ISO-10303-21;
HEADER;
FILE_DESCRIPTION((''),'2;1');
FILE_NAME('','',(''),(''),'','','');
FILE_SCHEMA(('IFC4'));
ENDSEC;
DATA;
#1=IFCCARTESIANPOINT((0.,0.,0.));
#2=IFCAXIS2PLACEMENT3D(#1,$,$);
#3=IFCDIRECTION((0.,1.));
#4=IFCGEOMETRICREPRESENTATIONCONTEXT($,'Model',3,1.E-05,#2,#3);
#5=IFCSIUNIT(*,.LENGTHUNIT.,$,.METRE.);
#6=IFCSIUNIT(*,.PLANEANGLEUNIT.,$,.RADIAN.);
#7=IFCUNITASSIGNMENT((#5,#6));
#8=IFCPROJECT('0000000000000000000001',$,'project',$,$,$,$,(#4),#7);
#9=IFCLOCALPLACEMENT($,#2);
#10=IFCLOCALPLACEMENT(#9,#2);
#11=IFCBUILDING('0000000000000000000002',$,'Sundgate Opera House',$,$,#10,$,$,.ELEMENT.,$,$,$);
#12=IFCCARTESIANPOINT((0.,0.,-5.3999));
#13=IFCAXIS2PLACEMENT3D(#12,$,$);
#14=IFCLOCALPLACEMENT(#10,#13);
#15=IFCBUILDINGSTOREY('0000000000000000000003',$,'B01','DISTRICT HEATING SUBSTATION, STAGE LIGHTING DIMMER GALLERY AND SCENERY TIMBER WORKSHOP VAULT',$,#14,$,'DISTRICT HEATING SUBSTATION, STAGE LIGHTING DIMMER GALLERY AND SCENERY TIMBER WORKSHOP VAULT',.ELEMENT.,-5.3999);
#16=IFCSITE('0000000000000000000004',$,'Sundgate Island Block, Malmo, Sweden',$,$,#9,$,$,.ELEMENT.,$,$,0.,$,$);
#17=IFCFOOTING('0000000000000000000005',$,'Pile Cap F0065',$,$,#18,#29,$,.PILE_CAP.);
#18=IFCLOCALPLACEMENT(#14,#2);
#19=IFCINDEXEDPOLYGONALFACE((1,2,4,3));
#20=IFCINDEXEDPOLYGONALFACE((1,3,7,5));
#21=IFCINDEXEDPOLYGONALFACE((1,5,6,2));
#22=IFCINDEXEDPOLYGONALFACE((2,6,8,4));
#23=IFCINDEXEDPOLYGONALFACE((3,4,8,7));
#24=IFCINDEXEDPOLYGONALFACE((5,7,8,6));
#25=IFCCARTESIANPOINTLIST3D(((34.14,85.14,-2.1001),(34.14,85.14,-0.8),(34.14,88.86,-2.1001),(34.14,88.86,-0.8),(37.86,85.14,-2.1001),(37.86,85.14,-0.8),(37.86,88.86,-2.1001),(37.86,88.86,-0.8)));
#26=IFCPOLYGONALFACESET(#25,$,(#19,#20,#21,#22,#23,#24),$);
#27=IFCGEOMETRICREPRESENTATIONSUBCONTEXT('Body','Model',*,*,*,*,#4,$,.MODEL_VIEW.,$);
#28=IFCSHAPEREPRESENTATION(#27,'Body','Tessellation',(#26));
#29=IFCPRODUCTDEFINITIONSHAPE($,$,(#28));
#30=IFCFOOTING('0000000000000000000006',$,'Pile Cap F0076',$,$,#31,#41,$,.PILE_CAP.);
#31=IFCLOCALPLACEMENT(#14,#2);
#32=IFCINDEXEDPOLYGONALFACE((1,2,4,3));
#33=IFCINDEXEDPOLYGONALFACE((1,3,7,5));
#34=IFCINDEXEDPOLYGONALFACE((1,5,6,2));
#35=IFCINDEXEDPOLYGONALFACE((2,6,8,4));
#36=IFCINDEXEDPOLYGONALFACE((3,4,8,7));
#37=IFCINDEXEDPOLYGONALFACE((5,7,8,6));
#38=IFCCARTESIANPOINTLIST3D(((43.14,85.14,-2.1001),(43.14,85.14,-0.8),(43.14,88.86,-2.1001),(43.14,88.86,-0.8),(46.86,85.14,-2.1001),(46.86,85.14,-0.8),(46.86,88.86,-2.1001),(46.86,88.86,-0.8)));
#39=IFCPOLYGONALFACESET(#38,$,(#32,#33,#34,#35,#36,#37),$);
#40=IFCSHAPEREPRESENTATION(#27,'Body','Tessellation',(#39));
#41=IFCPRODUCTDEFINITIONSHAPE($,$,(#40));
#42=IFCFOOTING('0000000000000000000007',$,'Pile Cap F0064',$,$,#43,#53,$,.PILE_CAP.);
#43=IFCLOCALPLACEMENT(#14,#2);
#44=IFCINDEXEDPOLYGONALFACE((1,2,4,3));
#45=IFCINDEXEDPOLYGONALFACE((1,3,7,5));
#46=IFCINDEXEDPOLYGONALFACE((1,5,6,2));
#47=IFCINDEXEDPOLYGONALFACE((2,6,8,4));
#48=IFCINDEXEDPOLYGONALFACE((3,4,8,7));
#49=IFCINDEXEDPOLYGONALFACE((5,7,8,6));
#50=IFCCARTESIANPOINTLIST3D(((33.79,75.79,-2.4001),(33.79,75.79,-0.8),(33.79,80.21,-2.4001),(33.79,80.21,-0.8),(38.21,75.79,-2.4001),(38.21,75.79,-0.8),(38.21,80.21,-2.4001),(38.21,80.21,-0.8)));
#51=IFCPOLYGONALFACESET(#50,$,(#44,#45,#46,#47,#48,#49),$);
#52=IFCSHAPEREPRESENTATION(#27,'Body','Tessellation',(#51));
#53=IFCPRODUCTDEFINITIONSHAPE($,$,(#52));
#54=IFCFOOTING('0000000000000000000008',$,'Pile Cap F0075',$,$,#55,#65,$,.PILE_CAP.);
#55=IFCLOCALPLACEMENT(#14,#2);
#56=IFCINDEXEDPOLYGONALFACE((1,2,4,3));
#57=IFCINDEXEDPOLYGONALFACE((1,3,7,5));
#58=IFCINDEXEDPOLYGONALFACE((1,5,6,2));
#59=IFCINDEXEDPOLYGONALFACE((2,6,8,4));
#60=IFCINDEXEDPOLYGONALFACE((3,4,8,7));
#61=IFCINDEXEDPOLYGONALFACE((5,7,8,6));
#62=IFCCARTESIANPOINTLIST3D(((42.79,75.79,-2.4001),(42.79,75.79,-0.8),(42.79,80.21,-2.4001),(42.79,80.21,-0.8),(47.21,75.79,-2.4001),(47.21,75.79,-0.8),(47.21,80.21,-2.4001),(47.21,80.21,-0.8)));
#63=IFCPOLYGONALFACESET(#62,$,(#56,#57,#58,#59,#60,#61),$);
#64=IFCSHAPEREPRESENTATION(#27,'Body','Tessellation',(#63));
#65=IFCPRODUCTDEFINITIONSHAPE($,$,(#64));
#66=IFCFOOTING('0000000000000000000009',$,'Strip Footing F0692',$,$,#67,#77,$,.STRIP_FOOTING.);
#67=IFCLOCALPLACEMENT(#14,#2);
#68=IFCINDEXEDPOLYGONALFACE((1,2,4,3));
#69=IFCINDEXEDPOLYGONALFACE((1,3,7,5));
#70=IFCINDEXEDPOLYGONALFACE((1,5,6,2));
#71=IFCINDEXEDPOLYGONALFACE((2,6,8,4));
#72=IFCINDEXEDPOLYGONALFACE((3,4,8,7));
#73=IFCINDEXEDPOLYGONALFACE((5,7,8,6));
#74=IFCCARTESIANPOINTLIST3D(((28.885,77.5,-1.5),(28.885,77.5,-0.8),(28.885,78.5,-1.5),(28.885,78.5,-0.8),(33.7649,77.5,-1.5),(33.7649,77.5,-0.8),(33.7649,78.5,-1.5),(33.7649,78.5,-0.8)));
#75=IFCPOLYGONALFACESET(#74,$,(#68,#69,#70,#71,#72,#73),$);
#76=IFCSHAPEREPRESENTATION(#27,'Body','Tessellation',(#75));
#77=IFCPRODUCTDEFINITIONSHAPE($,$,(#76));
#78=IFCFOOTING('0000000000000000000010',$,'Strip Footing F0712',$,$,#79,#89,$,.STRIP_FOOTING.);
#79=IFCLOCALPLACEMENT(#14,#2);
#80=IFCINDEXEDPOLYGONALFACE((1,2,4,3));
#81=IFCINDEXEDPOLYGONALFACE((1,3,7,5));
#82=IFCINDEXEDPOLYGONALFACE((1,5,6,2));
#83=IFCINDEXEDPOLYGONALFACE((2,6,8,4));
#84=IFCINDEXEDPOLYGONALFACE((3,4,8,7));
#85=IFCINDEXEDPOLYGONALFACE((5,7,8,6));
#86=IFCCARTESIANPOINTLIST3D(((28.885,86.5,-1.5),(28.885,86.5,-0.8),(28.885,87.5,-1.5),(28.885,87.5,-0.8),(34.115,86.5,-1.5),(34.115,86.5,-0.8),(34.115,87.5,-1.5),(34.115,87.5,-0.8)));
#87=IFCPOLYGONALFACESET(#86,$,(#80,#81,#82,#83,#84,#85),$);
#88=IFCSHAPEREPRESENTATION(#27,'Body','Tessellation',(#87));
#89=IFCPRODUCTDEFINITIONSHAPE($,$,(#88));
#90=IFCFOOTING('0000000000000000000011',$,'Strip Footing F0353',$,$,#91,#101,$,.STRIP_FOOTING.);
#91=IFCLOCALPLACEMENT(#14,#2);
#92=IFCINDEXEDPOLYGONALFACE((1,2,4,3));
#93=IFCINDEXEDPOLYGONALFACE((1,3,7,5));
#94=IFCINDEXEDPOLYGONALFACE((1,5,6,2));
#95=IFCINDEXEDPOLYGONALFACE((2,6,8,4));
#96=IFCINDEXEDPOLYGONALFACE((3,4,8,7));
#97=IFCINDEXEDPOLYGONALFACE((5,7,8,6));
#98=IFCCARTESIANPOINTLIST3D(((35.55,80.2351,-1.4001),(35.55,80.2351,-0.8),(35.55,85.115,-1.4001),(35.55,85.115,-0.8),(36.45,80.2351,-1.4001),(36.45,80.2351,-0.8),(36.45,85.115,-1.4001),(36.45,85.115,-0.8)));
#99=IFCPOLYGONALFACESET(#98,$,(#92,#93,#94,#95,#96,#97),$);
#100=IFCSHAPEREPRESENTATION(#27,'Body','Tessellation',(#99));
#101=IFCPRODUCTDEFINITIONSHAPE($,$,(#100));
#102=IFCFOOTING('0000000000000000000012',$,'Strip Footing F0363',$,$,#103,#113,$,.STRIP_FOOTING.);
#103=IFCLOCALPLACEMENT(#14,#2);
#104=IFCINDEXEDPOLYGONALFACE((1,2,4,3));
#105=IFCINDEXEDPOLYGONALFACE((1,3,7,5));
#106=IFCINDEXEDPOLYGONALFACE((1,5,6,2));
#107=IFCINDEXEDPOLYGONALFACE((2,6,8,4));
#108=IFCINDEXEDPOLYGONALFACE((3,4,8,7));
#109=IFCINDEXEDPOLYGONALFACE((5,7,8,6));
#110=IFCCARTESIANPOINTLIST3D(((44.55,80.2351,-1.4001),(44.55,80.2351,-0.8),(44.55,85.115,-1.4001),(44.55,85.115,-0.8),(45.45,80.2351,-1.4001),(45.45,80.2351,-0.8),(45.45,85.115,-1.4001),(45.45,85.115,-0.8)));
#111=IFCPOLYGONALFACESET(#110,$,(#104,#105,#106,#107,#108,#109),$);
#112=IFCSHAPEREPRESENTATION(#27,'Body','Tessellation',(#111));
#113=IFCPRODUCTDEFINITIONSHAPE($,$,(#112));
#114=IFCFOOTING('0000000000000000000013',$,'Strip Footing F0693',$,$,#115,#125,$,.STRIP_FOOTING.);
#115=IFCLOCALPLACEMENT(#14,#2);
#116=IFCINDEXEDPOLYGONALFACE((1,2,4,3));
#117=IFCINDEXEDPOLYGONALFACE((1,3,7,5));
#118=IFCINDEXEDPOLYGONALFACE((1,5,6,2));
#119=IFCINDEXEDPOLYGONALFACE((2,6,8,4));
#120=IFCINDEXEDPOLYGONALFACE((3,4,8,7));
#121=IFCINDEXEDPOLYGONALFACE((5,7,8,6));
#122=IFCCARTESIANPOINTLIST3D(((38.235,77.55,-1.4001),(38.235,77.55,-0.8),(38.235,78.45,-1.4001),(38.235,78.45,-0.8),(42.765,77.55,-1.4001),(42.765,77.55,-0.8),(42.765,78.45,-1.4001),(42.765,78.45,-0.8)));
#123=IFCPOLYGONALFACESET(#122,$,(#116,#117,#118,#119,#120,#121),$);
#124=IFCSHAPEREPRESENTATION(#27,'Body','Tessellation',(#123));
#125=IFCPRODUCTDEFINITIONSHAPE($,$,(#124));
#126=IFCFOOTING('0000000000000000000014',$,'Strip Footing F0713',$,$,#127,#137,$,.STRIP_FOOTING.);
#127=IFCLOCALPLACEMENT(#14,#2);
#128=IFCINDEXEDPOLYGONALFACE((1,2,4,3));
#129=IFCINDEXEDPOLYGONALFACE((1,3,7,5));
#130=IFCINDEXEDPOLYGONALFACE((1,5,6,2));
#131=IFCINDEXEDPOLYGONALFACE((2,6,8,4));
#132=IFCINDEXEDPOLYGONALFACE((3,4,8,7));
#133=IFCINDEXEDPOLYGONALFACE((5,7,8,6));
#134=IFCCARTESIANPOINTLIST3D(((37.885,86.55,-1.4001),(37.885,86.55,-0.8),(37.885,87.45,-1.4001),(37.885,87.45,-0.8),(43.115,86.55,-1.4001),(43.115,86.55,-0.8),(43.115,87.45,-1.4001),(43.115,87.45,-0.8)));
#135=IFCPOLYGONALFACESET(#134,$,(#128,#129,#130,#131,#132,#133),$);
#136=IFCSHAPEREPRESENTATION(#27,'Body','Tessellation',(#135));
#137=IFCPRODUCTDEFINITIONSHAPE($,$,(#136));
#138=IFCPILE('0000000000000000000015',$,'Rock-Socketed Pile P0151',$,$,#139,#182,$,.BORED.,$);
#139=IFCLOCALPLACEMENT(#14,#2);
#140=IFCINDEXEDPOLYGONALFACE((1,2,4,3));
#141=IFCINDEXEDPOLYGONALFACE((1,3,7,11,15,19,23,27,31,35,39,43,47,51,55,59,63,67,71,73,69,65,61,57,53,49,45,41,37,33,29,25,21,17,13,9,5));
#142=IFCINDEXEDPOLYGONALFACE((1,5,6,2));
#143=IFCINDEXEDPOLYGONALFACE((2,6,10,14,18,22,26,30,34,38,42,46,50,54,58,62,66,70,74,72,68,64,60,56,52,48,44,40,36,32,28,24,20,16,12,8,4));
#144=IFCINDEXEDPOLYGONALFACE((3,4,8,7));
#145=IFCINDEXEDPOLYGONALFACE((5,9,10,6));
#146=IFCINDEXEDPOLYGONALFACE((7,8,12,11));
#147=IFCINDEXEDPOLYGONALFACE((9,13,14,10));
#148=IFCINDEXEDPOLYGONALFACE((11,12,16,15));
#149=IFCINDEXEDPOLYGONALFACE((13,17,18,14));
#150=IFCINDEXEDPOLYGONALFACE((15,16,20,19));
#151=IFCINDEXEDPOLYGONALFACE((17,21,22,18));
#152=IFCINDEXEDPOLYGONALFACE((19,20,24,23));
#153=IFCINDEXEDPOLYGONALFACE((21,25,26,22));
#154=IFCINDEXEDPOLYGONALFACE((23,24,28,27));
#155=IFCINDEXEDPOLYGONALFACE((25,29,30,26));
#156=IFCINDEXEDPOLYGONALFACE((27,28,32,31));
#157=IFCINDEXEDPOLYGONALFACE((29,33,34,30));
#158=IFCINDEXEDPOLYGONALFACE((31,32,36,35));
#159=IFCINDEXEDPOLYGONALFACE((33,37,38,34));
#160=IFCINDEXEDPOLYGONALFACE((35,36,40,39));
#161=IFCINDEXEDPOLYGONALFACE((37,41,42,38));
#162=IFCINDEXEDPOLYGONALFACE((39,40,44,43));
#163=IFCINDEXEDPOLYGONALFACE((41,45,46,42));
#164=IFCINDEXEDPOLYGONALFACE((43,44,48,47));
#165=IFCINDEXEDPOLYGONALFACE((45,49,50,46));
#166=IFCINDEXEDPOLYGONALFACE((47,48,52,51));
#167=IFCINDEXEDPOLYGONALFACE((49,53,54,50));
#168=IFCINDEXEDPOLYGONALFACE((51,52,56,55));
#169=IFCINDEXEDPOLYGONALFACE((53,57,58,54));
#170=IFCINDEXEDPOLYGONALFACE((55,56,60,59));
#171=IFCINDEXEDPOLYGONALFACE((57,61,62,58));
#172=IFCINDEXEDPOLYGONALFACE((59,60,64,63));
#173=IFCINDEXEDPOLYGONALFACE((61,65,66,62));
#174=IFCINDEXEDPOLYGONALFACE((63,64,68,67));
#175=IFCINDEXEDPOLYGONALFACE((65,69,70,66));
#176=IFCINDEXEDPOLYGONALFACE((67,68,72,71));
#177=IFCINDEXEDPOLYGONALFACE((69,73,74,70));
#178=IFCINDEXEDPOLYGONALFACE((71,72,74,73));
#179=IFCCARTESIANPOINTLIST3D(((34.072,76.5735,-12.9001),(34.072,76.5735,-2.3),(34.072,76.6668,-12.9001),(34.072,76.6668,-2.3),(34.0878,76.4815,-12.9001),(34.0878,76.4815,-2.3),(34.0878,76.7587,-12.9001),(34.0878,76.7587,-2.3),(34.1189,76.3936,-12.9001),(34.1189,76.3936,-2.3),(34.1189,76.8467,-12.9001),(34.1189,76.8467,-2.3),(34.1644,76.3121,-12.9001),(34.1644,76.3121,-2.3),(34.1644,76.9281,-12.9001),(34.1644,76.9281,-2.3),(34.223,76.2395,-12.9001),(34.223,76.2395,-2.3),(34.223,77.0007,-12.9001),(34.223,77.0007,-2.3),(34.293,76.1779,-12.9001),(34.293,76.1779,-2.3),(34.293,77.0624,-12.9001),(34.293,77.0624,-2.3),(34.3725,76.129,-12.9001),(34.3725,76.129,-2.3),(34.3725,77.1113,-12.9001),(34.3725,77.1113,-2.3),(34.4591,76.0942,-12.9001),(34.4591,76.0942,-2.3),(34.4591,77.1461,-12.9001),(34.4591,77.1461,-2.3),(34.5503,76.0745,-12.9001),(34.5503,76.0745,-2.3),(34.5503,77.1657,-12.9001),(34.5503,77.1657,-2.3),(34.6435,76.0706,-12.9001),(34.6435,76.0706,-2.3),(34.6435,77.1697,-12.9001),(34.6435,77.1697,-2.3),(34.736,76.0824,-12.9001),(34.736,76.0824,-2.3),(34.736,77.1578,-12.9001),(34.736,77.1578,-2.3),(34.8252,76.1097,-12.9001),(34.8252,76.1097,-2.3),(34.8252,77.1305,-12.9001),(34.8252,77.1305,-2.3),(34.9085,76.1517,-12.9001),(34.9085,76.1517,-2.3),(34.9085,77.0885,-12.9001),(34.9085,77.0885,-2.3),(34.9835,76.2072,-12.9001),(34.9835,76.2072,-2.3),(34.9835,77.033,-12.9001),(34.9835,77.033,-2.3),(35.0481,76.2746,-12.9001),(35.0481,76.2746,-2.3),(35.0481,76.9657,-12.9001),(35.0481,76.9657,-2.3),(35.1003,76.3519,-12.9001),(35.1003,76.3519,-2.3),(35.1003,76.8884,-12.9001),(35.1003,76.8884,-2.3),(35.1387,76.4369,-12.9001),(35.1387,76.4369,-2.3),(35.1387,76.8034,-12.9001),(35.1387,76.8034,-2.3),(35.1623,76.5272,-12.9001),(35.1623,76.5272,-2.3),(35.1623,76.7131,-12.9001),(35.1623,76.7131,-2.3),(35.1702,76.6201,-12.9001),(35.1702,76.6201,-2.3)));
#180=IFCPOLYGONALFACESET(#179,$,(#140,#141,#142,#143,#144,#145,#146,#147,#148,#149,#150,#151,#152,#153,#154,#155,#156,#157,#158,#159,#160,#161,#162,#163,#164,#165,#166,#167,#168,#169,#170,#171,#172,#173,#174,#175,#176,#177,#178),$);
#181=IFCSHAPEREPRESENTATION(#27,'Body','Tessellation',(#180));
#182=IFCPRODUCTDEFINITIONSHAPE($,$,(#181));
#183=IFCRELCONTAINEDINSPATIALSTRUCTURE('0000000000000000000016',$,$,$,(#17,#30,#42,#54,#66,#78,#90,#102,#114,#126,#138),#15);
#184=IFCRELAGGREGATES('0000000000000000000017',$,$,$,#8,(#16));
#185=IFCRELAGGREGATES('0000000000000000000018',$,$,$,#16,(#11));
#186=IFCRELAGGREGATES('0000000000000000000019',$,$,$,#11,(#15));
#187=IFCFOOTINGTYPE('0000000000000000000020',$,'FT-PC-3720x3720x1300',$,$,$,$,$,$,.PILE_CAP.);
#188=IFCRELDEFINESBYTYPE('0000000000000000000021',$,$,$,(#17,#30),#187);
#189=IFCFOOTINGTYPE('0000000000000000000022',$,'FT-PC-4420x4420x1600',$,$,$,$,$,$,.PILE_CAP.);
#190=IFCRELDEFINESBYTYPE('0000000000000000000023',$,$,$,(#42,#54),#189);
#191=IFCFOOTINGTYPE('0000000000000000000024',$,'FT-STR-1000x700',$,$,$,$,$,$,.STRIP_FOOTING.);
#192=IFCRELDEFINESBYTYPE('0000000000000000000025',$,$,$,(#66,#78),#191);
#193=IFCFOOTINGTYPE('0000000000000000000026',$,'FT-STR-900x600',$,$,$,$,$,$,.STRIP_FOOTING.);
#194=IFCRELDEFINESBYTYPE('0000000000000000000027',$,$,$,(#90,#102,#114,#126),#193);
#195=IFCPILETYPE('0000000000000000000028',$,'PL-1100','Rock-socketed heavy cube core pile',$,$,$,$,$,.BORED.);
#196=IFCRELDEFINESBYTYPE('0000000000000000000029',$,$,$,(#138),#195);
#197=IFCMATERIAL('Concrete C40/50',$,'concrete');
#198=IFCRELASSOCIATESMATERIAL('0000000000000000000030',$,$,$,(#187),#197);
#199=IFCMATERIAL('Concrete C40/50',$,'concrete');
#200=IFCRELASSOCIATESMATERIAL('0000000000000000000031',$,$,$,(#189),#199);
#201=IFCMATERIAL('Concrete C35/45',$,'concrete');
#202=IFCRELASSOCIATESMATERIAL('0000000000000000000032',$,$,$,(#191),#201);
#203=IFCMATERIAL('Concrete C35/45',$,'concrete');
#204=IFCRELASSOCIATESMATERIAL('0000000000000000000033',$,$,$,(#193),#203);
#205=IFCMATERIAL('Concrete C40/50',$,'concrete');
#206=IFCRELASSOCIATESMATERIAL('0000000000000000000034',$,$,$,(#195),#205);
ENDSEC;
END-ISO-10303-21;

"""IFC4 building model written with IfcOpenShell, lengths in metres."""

from ifc_helpers import new_model, si_unit, direction, frame, origin, origin_2d, place, context, subcontext, project, spatial, rectangle, circle, extrude, material, material_profile, profile_set, type_object, element, save


model = new_model("IFC4")

# Units and contexts
model_context = context("Model", 3, precision=1e-05, world=origin(), true_north=direction((0.0, 1.0)))
body_context = subcontext(model_context, "Body", "Model", "MODEL_VIEW")
ifc_project = project(units=[si_unit("LENGTHUNIT", "METRE"), si_unit("PLANEANGLEUNIT", "RADIAN")], contexts=[model_context])

# Site, building, storey
site_placement = place(None, origin())
site = spatial("IfcSite", under=ifc_project, at=site_placement, Name="Sundgate Island Block, Malmo, Sweden", CompositionType="ELEMENT", RefElevation=0.0)
building_placement = place(site_placement, origin())
building = spatial("IfcBuilding", under=site, at=building_placement, Name="Sundgate Opera House", CompositionType="ELEMENT")
storey_placement = place(building_placement, frame((0.0, 0.0, -5.3999)))
storey = spatial("IfcBuildingStorey", under=building, at=storey_placement, Name="B01", Description="DISTRICT HEATING SUBSTATION, STAGE LIGHTING DIMMER GALLERY AND SCENERY TIMBER WORKSHOP VAULT", LongName="DISTRICT HEATING SUBSTATION, STAGE LIGHTING DIMMER GALLERY AND SCENERY TIMBER WORKSHOP VAULT", CompositionType="ELEMENT", Elevation=-5.3999)

# Footings
ifc_material_1 = material(Name="Concrete C40/50", Category="concrete")
footing_type_1 = type_object("IfcFootingType", Name="FT-PC-3720x3720x1300", PredefinedType="PILE_CAP", material=ifc_material_1)
for number, where, z_axis, x_axis, name in (
    (1, (36.0, 87.0, -2.1001), (0.0, 0.0, 1.0), (1.0, 0.0, 0.0), "Pile Cap F0065"),
    (2, (45.0, 87.0, -2.1001), (0.0, 0.0, 1.0), (1.0, 0.0, 0.0), "Pile Cap F0076"),
):
    element("IfcFooting", number, at=place(storey_placement, frame(where, z_axis=z_axis, x_axis=x_axis)), inside=storey, type_object=footing_type_1, Name=name, PredefinedType="PILE_CAP", context=body_context, shape_type="SweptSolid", body=[
        extrude(rectangle(XDim=3.72, YDim=3.72, at=origin_2d()), origin(), (0.0, 0.0, 1.0), 1.3),
    ])
ifc_material_2 = material(Name="Concrete C40/50", Category="concrete")
footing_type_2 = type_object("IfcFootingType", Name="FT-PC-4420x4420x1600", PredefinedType="PILE_CAP", material=ifc_material_2)
for number, where, z_axis, x_axis, name in (
    (3, (36.0, 78.0, -2.4001), (0.0, 0.0, 1.0), (1.0, 0.0, 0.0), "Pile Cap F0064"),
    (4, (45.0, 78.0, -2.4001), (0.0, 0.0, 1.0), (1.0, 0.0, 0.0), "Pile Cap F0075"),
):
    element("IfcFooting", number, at=place(storey_placement, frame(where, z_axis=z_axis, x_axis=x_axis)), inside=storey, type_object=footing_type_2, Name=name, PredefinedType="PILE_CAP", context=body_context, shape_type="SweptSolid", body=[
        extrude(rectangle(XDim=4.4199, YDim=4.4199, at=origin_2d()), origin(), (0.0, 0.0, 1.0), 1.6001),
    ])
ifc_material_3 = material(Name="Concrete C35/45", Category="concrete")
footing_type_3 = type_object("IfcFootingType", Name="FT-STR-1000x700", PredefinedType="STRIP_FOOTING", material=ifc_material_3)
footing_1_placement = place(storey_placement, frame((31.325, 78.0, -1.5), z_axis=(0.0, 0.0, 1.0), x_axis=(1.0, 0.0, 0.0)))
element("IfcFooting", 5, at=footing_1_placement, inside=storey, type_object=footing_type_3, Name="Strip Footing F0692", PredefinedType="STRIP_FOOTING", context=body_context, shape_type="SweptSolid", body=[
    extrude(rectangle(XDim=4.8799, YDim=1.0, at=origin_2d()), origin(), (0.0, 0.0, 1.0), 0.7),
])
footing_2_placement = place(storey_placement, frame((31.5, 87.0, -1.5), z_axis=(0.0, 0.0, 1.0), x_axis=(1.0, 0.0, 0.0)))
element("IfcFooting", 6, at=footing_2_placement, inside=storey, type_object=footing_type_3, Name="Strip Footing F0712", PredefinedType="STRIP_FOOTING", context=body_context, shape_type="SweptSolid", body=[
    extrude(rectangle(XDim=5.23, YDim=1.0, at=origin_2d()), origin(), (0.0, 0.0, 1.0), 0.7),
])
ifc_material_4 = material(Name="Concrete C35/45", Category="concrete")
footing_type_4 = type_object("IfcFootingType", Name="FT-STR-900x600", PredefinedType="STRIP_FOOTING", material=ifc_material_4)
for number, where, z_axis, x_axis, name in (
    (7, (36.0, 82.675, -1.4001), (0.0, 0.0, 1.0), (1.0, 0.0, 0.0), "Strip Footing F0353"),
    (8, (45.0, 82.675, -1.4001), (0.0, 0.0, 1.0), (1.0, 0.0, 0.0), "Strip Footing F0363"),
):
    element("IfcFooting", number, at=place(storey_placement, frame(where, z_axis=z_axis, x_axis=x_axis)), inside=storey, type_object=footing_type_4, Name=name, PredefinedType="STRIP_FOOTING", context=body_context, shape_type="SweptSolid", body=[
        extrude(rectangle(XDim=0.8999, YDim=4.8799, at=origin_2d()), origin(), (0.0, 0.0, 1.0), 0.6001),
    ])
footing_3_placement = place(storey_placement, frame((40.5, 78.0, -1.4001), z_axis=(0.0, 0.0, 1.0), x_axis=(1.0, 0.0, 0.0)))
element("IfcFooting", 9, at=footing_3_placement, inside=storey, type_object=footing_type_4, Name="Strip Footing F0693", PredefinedType="STRIP_FOOTING", context=body_context, shape_type="SweptSolid", body=[
    extrude(rectangle(XDim=4.53, YDim=0.8999, at=origin_2d()), origin(), (0.0, 0.0, 1.0), 0.6001),
])
footing_4_placement = place(storey_placement, frame((40.5, 87.0, -1.4001), z_axis=(0.0, 0.0, 1.0), x_axis=(1.0, 0.0, 0.0)))
element("IfcFooting", 10, at=footing_4_placement, inside=storey, type_object=footing_type_4, Name="Strip Footing F0713", PredefinedType="STRIP_FOOTING", context=body_context, shape_type="SweptSolid", body=[
    extrude(rectangle(XDim=5.23, YDim=0.8999, at=origin_2d()), origin(), (0.0, 0.0, 1.0), 0.6001),
])

# Pile
ifc_material_5 = material(Name="Concrete C40/50", Category="concrete")
ifc_material_profile_1 = material_profile(ifc_material_5, circle(Radius=0.55, at=origin_2d()), Name="PILE D1100")
ifc_profile_set_1 = profile_set([ifc_material_profile_1], Name="Concrete C40/50")
pile_type_1 = type_object("IfcPileType", Name="PL-1100", Description="Rock-socketed heavy cube core pile", PredefinedType="BORED", material=ifc_profile_set_1)
for number, where, z_axis, x_axis, name in (
    (11, (34.6201, 76.6201, -2.3), (0.0, 0.0, -1.0), (1.0, 0.0, 0.0), "Rock-Socketed Pile P0151"),
):
    element("IfcPile", number, at=place(storey_placement, frame(where, z_axis=z_axis, x_axis=x_axis)), inside=storey, type_object=pile_type_1, Name=name, PredefinedType="BORED", context=body_context, shape_type="SweptSolid", body=[
        extrude(circle(Radius=0.55, at=origin_2d()), origin(), (0.0, 0.0, 1.0), 10.6001),
    ])

save(model, "model.ifc")
